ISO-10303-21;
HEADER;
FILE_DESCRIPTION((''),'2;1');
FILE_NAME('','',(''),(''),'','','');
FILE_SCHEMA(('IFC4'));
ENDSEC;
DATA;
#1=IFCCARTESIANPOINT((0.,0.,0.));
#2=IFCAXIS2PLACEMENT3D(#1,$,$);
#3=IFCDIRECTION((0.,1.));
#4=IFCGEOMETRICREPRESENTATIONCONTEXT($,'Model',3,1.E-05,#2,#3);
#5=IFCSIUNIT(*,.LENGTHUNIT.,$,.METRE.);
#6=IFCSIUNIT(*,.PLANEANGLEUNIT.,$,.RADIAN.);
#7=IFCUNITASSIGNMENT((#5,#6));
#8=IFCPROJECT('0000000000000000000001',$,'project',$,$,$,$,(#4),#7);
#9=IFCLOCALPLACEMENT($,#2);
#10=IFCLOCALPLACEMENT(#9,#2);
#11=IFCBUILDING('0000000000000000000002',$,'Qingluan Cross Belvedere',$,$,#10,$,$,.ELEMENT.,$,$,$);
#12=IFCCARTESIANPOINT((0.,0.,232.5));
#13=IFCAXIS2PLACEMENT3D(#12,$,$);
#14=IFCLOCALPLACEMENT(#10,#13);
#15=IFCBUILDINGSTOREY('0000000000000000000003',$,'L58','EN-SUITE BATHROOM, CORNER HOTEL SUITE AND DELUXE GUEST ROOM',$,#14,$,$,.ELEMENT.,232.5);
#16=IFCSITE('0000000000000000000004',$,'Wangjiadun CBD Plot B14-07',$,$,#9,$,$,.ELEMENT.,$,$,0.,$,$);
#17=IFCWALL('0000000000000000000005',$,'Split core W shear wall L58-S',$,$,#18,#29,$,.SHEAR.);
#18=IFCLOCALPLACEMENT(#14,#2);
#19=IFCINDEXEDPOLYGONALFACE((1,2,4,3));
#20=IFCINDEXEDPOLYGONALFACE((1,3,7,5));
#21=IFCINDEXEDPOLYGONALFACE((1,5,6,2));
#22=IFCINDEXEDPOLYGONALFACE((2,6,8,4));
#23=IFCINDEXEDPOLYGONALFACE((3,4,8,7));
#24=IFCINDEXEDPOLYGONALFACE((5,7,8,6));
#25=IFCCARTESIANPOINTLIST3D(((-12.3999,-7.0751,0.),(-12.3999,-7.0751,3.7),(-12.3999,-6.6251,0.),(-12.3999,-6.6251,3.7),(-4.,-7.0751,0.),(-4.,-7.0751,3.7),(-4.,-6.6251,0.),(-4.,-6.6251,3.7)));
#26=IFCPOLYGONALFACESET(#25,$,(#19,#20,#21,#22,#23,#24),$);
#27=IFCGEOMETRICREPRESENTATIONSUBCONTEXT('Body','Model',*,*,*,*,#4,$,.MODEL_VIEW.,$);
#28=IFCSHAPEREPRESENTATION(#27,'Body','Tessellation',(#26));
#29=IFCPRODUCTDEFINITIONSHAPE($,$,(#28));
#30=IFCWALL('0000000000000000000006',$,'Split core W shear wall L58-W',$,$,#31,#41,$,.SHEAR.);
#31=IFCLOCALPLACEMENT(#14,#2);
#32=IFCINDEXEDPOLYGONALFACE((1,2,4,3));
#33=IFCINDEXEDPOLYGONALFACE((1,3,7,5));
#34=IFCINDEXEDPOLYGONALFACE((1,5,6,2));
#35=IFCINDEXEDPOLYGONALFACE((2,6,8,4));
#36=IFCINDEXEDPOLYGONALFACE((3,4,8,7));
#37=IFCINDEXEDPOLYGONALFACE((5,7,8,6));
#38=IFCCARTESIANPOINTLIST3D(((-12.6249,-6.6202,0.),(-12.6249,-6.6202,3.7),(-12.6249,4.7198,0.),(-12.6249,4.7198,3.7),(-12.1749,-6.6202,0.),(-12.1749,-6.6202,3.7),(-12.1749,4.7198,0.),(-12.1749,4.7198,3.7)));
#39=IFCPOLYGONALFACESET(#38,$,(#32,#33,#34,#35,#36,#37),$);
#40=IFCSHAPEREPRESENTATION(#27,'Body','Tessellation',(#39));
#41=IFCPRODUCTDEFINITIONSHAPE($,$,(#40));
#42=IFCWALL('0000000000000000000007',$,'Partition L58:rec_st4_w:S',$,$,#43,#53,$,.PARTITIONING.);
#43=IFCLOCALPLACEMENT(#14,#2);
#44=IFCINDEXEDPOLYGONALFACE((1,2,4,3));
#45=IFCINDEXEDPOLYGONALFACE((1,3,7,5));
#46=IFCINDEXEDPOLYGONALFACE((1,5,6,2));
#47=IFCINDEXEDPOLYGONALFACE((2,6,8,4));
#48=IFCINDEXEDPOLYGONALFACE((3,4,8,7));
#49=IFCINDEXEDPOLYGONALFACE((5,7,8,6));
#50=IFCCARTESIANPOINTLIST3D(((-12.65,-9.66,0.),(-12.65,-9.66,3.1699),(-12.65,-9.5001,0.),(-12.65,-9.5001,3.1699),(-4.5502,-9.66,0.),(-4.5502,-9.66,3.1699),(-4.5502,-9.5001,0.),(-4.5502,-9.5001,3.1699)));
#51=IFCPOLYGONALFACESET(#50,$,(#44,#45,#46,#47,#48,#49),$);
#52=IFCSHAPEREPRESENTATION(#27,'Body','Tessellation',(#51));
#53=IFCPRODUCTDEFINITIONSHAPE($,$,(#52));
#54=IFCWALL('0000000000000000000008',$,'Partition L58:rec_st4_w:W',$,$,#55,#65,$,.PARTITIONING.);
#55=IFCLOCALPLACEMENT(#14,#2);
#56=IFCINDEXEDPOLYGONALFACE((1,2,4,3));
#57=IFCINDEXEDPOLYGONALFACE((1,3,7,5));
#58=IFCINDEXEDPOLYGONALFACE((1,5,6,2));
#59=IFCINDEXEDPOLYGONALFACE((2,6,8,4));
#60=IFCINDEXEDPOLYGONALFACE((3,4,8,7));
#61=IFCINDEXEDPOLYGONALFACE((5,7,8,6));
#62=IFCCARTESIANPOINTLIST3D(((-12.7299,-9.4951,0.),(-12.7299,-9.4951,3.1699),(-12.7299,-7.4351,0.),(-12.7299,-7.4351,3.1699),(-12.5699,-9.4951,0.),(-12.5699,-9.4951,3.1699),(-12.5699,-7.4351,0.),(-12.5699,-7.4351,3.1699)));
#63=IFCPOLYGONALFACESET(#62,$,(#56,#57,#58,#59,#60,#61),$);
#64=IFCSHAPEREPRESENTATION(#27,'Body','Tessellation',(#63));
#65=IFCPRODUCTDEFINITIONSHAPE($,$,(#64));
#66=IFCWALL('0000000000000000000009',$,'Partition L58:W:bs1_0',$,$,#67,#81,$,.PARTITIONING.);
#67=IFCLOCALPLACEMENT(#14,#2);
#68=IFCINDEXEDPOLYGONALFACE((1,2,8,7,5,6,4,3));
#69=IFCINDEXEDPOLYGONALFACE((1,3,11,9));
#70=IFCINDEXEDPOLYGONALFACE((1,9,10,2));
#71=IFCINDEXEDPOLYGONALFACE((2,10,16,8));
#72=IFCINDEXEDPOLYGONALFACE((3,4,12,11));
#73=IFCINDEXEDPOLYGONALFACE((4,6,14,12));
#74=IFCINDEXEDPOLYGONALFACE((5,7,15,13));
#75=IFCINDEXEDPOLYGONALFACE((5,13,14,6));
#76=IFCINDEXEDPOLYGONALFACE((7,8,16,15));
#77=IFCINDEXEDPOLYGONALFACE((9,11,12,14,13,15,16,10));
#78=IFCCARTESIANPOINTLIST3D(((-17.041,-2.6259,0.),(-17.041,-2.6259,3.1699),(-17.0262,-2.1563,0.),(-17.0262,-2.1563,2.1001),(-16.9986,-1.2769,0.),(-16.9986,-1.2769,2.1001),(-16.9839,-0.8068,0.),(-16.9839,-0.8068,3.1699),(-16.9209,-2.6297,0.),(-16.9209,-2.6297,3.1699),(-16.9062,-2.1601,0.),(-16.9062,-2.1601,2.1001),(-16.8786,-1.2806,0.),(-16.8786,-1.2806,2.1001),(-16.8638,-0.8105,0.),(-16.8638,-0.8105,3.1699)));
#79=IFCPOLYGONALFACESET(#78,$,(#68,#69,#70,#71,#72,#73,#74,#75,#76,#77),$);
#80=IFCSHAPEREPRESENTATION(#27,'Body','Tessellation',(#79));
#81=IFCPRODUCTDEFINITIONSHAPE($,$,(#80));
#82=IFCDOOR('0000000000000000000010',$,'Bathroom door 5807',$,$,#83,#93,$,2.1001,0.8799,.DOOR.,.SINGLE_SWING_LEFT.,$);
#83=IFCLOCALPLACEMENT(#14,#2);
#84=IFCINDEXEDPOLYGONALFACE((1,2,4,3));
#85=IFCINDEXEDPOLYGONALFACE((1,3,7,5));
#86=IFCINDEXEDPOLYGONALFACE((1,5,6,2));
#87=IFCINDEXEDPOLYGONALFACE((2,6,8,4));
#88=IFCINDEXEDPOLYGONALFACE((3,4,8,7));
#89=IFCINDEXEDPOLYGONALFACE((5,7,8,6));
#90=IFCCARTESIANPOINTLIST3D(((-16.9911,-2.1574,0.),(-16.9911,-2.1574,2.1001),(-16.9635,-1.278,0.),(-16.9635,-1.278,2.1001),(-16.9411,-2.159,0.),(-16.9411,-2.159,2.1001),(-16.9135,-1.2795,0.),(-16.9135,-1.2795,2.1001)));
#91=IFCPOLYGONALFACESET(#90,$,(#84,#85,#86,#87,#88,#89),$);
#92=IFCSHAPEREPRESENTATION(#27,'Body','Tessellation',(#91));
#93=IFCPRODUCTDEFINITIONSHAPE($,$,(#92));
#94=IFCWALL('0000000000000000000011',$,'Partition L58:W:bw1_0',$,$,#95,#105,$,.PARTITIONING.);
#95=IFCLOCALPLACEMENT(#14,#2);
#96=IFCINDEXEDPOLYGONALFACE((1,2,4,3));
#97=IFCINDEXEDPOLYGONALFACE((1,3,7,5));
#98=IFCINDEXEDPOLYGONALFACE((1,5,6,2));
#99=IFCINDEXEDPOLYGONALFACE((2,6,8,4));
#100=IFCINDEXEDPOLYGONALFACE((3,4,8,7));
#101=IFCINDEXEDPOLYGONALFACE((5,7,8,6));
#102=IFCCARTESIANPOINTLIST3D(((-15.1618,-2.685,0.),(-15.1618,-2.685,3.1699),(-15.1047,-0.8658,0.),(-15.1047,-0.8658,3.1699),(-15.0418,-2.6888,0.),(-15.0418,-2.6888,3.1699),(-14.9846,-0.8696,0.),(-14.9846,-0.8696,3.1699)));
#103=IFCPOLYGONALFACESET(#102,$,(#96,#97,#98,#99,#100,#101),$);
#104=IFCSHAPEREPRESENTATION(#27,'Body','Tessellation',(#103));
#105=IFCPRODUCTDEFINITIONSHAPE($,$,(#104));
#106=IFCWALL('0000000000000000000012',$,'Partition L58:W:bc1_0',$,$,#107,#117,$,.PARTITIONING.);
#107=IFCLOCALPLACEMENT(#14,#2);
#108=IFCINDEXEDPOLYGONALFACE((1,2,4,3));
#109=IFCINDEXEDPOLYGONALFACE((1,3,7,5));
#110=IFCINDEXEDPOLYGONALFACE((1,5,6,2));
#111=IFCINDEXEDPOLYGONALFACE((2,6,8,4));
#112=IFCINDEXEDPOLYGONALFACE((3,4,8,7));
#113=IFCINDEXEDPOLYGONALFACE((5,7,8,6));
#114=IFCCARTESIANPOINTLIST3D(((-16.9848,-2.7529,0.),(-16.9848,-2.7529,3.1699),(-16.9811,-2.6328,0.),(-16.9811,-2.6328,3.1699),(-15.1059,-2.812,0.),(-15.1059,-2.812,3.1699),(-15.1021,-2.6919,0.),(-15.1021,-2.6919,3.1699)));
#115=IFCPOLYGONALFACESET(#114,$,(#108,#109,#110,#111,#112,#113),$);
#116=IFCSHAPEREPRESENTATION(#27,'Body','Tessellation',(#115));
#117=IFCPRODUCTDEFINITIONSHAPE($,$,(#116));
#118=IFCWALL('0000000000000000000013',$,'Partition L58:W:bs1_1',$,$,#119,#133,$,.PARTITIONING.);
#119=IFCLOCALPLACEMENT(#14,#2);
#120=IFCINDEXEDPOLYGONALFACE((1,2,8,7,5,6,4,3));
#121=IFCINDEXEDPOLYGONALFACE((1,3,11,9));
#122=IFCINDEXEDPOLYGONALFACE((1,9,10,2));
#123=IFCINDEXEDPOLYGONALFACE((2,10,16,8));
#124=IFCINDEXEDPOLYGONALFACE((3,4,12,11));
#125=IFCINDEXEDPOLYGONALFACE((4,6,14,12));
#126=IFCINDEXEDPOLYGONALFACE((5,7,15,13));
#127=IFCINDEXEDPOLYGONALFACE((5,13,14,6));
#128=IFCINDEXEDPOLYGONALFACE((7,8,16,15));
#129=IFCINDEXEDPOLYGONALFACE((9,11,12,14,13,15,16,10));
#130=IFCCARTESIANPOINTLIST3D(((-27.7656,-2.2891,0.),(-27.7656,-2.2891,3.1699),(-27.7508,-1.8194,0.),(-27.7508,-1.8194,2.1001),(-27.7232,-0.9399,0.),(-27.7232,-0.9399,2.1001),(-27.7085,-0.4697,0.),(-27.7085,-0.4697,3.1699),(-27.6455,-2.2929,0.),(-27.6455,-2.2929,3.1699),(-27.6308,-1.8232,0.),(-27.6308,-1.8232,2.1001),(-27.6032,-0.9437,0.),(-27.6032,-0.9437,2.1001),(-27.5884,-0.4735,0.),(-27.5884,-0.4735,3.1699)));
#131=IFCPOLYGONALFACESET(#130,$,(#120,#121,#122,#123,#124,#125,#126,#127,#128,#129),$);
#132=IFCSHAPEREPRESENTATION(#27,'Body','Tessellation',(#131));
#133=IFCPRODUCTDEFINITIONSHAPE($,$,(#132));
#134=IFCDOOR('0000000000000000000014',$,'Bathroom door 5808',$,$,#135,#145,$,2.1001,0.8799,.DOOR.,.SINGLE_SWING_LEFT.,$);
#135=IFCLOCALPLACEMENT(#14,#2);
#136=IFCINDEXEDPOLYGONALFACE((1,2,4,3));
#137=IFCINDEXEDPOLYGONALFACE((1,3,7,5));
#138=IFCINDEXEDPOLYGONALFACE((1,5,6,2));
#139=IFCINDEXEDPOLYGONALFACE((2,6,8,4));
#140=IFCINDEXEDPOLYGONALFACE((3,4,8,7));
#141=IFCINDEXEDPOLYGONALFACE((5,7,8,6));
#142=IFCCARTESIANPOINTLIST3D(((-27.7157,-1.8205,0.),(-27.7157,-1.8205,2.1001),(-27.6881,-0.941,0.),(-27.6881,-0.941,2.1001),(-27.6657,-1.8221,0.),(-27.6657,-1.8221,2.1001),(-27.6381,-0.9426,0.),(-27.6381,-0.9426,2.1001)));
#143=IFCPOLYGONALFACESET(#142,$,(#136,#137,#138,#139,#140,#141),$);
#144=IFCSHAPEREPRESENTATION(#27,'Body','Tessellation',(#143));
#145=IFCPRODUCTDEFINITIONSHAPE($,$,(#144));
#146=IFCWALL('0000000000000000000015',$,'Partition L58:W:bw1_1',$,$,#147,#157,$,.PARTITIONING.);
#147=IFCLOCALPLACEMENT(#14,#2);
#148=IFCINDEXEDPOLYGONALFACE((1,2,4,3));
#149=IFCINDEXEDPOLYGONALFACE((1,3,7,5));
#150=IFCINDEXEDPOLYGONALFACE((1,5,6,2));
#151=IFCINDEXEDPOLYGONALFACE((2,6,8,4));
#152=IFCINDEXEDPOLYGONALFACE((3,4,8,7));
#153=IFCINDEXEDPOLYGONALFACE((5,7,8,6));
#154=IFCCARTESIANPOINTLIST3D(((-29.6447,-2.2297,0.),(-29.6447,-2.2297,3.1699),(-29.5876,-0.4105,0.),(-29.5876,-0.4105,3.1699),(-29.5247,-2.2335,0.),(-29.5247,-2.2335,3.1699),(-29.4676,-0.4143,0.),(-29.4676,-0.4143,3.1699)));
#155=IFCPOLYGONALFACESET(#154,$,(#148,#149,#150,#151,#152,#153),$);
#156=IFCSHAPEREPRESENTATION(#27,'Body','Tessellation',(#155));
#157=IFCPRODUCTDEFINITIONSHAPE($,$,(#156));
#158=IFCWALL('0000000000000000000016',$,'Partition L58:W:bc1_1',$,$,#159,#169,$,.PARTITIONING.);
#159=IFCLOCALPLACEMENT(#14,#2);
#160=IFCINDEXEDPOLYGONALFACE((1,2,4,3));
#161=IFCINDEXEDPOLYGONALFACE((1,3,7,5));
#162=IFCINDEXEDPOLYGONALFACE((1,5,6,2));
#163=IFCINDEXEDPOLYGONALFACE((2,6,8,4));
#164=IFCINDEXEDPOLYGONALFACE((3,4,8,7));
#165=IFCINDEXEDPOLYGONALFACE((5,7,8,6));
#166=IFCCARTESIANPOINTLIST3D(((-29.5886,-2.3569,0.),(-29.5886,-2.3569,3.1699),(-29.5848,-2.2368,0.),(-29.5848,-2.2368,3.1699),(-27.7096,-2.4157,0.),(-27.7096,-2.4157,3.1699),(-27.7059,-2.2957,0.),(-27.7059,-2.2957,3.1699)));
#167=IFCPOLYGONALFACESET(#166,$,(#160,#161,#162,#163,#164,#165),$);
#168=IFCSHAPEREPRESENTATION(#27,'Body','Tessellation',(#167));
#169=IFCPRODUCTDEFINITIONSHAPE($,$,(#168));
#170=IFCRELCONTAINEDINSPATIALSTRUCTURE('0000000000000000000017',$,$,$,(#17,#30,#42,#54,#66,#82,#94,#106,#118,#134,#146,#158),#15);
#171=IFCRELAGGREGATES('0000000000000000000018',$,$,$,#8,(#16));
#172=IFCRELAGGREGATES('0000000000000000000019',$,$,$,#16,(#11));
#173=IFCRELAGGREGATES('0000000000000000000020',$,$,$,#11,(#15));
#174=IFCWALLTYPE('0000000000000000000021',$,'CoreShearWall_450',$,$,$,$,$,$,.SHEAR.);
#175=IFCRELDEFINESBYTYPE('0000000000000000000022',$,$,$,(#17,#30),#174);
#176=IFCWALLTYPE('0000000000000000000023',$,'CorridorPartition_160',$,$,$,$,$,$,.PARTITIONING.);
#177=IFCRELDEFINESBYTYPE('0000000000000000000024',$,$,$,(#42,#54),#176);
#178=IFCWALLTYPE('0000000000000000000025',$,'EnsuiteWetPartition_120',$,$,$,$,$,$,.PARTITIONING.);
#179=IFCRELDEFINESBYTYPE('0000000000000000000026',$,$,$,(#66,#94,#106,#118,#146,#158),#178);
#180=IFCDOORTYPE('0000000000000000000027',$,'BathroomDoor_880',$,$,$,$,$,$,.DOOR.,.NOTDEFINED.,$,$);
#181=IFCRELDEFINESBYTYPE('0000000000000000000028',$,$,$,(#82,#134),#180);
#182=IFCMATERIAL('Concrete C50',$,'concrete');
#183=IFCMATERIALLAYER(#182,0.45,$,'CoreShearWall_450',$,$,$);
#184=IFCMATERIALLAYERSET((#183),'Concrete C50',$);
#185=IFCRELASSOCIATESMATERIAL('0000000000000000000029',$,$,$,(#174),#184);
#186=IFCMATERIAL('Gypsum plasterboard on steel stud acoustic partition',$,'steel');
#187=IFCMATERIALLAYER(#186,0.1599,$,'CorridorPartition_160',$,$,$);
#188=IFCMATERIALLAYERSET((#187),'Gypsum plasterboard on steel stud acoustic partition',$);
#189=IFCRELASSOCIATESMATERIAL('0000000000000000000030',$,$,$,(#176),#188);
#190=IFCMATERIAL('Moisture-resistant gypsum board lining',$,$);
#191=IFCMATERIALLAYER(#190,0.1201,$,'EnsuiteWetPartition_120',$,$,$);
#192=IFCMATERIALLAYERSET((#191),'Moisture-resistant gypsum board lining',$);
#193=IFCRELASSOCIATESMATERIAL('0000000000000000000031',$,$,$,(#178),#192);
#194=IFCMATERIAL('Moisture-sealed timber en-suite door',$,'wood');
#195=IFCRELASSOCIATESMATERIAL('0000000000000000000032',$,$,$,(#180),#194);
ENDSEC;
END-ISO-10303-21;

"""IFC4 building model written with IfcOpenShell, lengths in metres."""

from ifc_helpers import new_model, si_unit, direction, frame, frame_2d, origin, place, context, subcontext, project, spatial, rectangle, extrude, material, layer, layer_set, type_object, element, fill, save


model = new_model("IFC4")

# Units and contexts
model_context = context("Model", 3, precision=1e-05, world=origin(), true_north=direction((0.0, 1.0)))
body_context = subcontext(model_context, "Body", "Model", "MODEL_VIEW")
ifc_project = project(units=[si_unit("LENGTHUNIT", "METRE"), si_unit("PLANEANGLEUNIT", "RADIAN")], contexts=[model_context])

# Site, building, storey
site_placement = place(None, origin())
site = spatial("IfcSite", under=ifc_project, at=site_placement, Name="Wangjiadun CBD Plot B14-07", CompositionType="ELEMENT", RefElevation=0.0)
building_placement = place(site_placement, origin())
building = spatial("IfcBuilding", under=site, at=building_placement, Name="Qingluan Cross Belvedere", CompositionType="ELEMENT")
storey_placement = place(building_placement, frame((0.0, 0.0, 232.5)))
storey = spatial("IfcBuildingStorey", under=building, at=storey_placement, Name="L58", Description="EN-SUITE BATHROOM, CORNER HOTEL SUITE AND DELUXE GUEST ROOM", CompositionType="ELEMENT", Elevation=232.5)

# Walls
ifc_material_1 = material(Name="Concrete C50", Category="concrete")
ifc_layer_1 = layer(ifc_material_1, 0.45, Name="CoreShearWall_450")
ifc_layer_set_1 = layer_set([ifc_layer_1], Name="Concrete C50")
wall_type_1 = type_object("IfcWallType", Name="CoreShearWall_450", PredefinedType="SHEAR", material=ifc_layer_set_1)
wall_1_placement = place(storey_placement, frame((-12.3999, -6.8501, 0.0), z_axis=(0.0, 0.0, 1.0), x_axis=(1.0, 0.0, 0.0)))
element("IfcWall", 1, at=wall_1_placement, inside=storey, type_object=wall_type_1, Name="Split core W shear wall L58-S", PredefinedType="SHEAR", context=body_context, shape_type="SweptSolid", body=[
    extrude(rectangle(XDim=8.3999, YDim=0.45, at=frame_2d((4.2, 0.0))), origin(), (0.0, 0.0, 1.0), 3.7),
])
wall_2_placement = place(storey_placement, frame((-12.3999, -6.6201, 0.0), z_axis=(0.0, 0.0, 1.0), x_axis=(0.0, 1.0, 0.0)))
element("IfcWall", 2, at=wall_2_placement, inside=storey, type_object=wall_type_1, Name="Split core W shear wall L58-W", PredefinedType="SHEAR", context=body_context, shape_type="SweptSolid", body=[
    extrude(rectangle(XDim=11.3401, YDim=0.45, at=frame_2d((5.6699, 0.0))), origin(), (0.0, 0.0, 1.0), 3.7),
])
ifc_material_2 = material(Name="Gypsum plasterboard on steel stud acoustic partition", Category="steel")
ifc_layer_2 = layer(ifc_material_2, 0.1599, Name="CorridorPartition_160")
ifc_layer_set_2 = layer_set([ifc_layer_2], Name="Gypsum plasterboard on steel stud acoustic partition")
wall_type_2 = type_object("IfcWallType", Name="CorridorPartition_160", PredefinedType="PARTITIONING", material=ifc_layer_set_2)
wall_3_placement = place(storey_placement, frame((-12.6499, -9.5801, 0.0), z_axis=(0.0, 0.0, 1.0), x_axis=(1.0, 0.0, 0.0)))
element("IfcWall", 3, at=wall_3_placement, inside=storey, type_object=wall_type_2, Name="Partition L58:rec_st4_w:S", PredefinedType="PARTITIONING", context=body_context, shape_type="SweptSolid", body=[
    extrude(rectangle(XDim=8.0999, YDim=0.1599, at=frame_2d((4.0498, 0.0))), origin(), (0.0, 0.0, 1.0), 3.1699),
])
wall_4_placement = place(storey_placement, frame((-12.6499, -9.4951, 0.0), z_axis=(0.0, 0.0, 1.0), x_axis=(0.0, 1.0, 0.0)))
element("IfcWall", 4, at=wall_4_placement, inside=storey, type_object=wall_type_2, Name="Partition L58:rec_st4_w:W", PredefinedType="PARTITIONING", context=body_context, shape_type="SweptSolid", body=[
    extrude(rectangle(XDim=2.0601, YDim=0.1599, at=frame_2d((1.03, 0.0))), origin(), (0.0, 0.0, 1.0), 3.1699),
])

# Wall, opening, door
ifc_material_3 = material(Name="Moisture-resistant gypsum board lining")
ifc_layer_3 = layer(ifc_material_3, 0.1201, Name="EnsuiteWetPartition_120")
ifc_layer_set_3 = layer_set([ifc_layer_3], Name="Moisture-resistant gypsum board lining")
wall_type_3 = type_object("IfcWallType", Name="EnsuiteWetPartition_120", PredefinedType="PARTITIONING", material=ifc_layer_set_3)
wall_5_placement = place(storey_placement, frame((-16.981, -2.6279, 0.0), z_axis=(0.0, 0.0, 1.0), x_axis=(0.03139, 0.999507, 0.0)))
wall_5 = element("IfcWall", 5, at=wall_5_placement, inside=storey, type_object=wall_type_3, Name="Partition L58:W:bs1_0", PredefinedType="PARTITIONING", context=body_context, shape_type="SweptSolid", body=[
    extrude(rectangle(XDim=1.8201, YDim=0.1201, at=frame_2d((0.9102, 0.0))), origin(), (0.0, 0.0, 1.0), 3.1699),
])
opening_1_placement = place(wall_5_placement, frame((0.47, 0.0, 0.0)))
opening_1 = element("IfcOpeningElement", 6, at=opening_1_placement, cuts=wall_5, PredefinedType="OPENING", context=body_context, shape_type="SweptSolid", body=[
    extrude(rectangle(XDim=0.8799, YDim=2.1001, at=frame_2d((0.4399, 1.05))), frame((0.0, 0.0701, 0.0), z_axis=(0.0, -1.0, 0.0), x_axis=(1.0, 0.0, 0.0)), (0.0, 0.0, 1.0), 0.1401),
])
ifc_material_4 = material(Name="Moisture-sealed timber en-suite door", Category="wood")
door_type = type_object("IfcDoorType", Name="BathroomDoor_880", OperationType="NOTDEFINED", PredefinedType="DOOR", material=ifc_material_4)
door_1_placement = place(opening_1_placement, origin())
door_1 = element("IfcDoor", 7, at=door_1_placement, inside=storey, type_object=door_type, Name="Bathroom door 5807", OperationType="SINGLE_SWING_LEFT", OverallHeight=2.1001, OverallWidth=0.8799, PredefinedType="DOOR", context=body_context, shape_type="SweptSolid", body=[
    extrude(rectangle(XDim=0.8799, YDim=2.1001, at=frame_2d((0.4399, 1.05))), frame((0.0, 0.0249, 0.0), z_axis=(0.0, -1.0, 0.0), x_axis=(1.0, 0.0, 0.0)), (0.0, 0.0, 1.0), 0.05),
])
fill(opening_1, door_1)

# Walls
wall_6_placement = place(storey_placement, frame((-15.1018, -2.687, 0.0), z_axis=(0.0, 0.0, 1.0), x_axis=(0.03139, 0.999507, 0.0)))
element("IfcWall", 8, at=wall_6_placement, inside=storey, type_object=wall_type_3, Name="Partition L58:W:bw1_0", PredefinedType="PARTITIONING", context=body_context, shape_type="SweptSolid", body=[
    extrude(rectangle(XDim=1.8201, YDim=0.1201, at=frame_2d((0.9102, 0.0))), origin(), (0.0, 0.0, 1.0), 3.1699),
])
wall_7_placement = place(storey_placement, frame((-15.104, -2.752, 0.0), z_axis=(0.0, 0.0, 1.0), x_axis=(-0.999506, 0.031429, 0.0)))
element("IfcWall", 9, at=wall_7_placement, inside=storey, type_object=wall_type_3, Name="Partition L58:W:bc1_0", PredefinedType="PARTITIONING", context=body_context, shape_type="SweptSolid", body=[
    extrude(rectangle(XDim=1.8799, YDim=0.1201, at=frame_2d((0.9399, 0.0))), origin(), (0.0, 0.0, 1.0), 3.1699),
])

# Wall, opening, door
wall_8_placement = place(storey_placement, frame((-27.7056, -2.291, 0.0), z_axis=(0.0, 0.0, 1.0), x_axis=(0.031385, 0.999507, 0.0)))
wall_8 = element("IfcWall", 10, at=wall_8_placement, inside=storey, type_object=wall_type_3, Name="Partition L58:W:bs1_1", PredefinedType="PARTITIONING", context=body_context, shape_type="SweptSolid", body=[
    extrude(rectangle(XDim=1.8203, YDim=0.1201, at=frame_2d((0.9102, 0.0))), origin(), (0.0, 0.0, 1.0), 3.1699),
])
opening_2_placement = place(wall_8_placement, frame((0.47, 0.0, 0.0)))
opening_2 = element("IfcOpeningElement", 11, at=opening_2_placement, cuts=wall_8, PredefinedType="OPENING", context=body_context, shape_type="SweptSolid", body=[
    extrude(rectangle(XDim=0.8799, YDim=2.1001, at=frame_2d((0.4399, 1.05))), frame((0.0, 0.0701, 0.0), z_axis=(0.0, -1.0, 0.0), x_axis=(1.0, 0.0, 0.0)), (0.0, 0.0, 1.0), 0.1401),
])
door_2_placement = place(opening_2_placement, origin())
door_2 = element("IfcDoor", 12, at=door_2_placement, inside=storey, type_object=door_type, Name="Bathroom door 5808", OperationType="SINGLE_SWING_LEFT", OverallHeight=2.1001, OverallWidth=0.8799, PredefinedType="DOOR", context=body_context, shape_type="SweptSolid", body=[
    extrude(rectangle(XDim=0.8799, YDim=2.1001, at=frame_2d((0.4399, 1.05))), frame((0.0, 0.0249, 0.0), z_axis=(0.0, -1.0, 0.0), x_axis=(1.0, 0.0, 0.0)), (0.0, 0.0, 1.0), 0.05),
])
fill(opening_2, door_2)

# Walls
wall_9_placement = place(storey_placement, frame((-29.5847, -2.2317, 0.0), z_axis=(0.0, 0.0, 1.0), x_axis=(0.03139, 0.999507, 0.0)))
element("IfcWall", 13, at=wall_9_placement, inside=storey, type_object=wall_type_3, Name="Partition L58:W:bw1_1", PredefinedType="PARTITIONING", context=body_context, shape_type="SweptSolid", body=[
    extrude(rectangle(XDim=1.8201, YDim=0.1201, at=frame_2d((0.9102, 0.0))), origin(), (0.0, 0.0, 1.0), 3.1699),
])
wall_10_placement = place(storey_placement, frame((-27.7078, -2.3557, 0.0), z_axis=(0.0, 0.0, 1.0), x_axis=(-0.99951, 0.0313, 0.0)))
element("IfcWall", 14, at=wall_10_placement, inside=storey, type_object=wall_type_3, Name="Partition L58:W:bc1_1", PredefinedType="PARTITIONING", context=body_context, shape_type="SweptSolid", body=[
    extrude(rectangle(XDim=1.8799, YDim=0.1201, at=frame_2d((0.9399, 0.0))), origin(), (0.0, 0.0, 1.0), 3.1699),
])

save(model, "model.ifc")
